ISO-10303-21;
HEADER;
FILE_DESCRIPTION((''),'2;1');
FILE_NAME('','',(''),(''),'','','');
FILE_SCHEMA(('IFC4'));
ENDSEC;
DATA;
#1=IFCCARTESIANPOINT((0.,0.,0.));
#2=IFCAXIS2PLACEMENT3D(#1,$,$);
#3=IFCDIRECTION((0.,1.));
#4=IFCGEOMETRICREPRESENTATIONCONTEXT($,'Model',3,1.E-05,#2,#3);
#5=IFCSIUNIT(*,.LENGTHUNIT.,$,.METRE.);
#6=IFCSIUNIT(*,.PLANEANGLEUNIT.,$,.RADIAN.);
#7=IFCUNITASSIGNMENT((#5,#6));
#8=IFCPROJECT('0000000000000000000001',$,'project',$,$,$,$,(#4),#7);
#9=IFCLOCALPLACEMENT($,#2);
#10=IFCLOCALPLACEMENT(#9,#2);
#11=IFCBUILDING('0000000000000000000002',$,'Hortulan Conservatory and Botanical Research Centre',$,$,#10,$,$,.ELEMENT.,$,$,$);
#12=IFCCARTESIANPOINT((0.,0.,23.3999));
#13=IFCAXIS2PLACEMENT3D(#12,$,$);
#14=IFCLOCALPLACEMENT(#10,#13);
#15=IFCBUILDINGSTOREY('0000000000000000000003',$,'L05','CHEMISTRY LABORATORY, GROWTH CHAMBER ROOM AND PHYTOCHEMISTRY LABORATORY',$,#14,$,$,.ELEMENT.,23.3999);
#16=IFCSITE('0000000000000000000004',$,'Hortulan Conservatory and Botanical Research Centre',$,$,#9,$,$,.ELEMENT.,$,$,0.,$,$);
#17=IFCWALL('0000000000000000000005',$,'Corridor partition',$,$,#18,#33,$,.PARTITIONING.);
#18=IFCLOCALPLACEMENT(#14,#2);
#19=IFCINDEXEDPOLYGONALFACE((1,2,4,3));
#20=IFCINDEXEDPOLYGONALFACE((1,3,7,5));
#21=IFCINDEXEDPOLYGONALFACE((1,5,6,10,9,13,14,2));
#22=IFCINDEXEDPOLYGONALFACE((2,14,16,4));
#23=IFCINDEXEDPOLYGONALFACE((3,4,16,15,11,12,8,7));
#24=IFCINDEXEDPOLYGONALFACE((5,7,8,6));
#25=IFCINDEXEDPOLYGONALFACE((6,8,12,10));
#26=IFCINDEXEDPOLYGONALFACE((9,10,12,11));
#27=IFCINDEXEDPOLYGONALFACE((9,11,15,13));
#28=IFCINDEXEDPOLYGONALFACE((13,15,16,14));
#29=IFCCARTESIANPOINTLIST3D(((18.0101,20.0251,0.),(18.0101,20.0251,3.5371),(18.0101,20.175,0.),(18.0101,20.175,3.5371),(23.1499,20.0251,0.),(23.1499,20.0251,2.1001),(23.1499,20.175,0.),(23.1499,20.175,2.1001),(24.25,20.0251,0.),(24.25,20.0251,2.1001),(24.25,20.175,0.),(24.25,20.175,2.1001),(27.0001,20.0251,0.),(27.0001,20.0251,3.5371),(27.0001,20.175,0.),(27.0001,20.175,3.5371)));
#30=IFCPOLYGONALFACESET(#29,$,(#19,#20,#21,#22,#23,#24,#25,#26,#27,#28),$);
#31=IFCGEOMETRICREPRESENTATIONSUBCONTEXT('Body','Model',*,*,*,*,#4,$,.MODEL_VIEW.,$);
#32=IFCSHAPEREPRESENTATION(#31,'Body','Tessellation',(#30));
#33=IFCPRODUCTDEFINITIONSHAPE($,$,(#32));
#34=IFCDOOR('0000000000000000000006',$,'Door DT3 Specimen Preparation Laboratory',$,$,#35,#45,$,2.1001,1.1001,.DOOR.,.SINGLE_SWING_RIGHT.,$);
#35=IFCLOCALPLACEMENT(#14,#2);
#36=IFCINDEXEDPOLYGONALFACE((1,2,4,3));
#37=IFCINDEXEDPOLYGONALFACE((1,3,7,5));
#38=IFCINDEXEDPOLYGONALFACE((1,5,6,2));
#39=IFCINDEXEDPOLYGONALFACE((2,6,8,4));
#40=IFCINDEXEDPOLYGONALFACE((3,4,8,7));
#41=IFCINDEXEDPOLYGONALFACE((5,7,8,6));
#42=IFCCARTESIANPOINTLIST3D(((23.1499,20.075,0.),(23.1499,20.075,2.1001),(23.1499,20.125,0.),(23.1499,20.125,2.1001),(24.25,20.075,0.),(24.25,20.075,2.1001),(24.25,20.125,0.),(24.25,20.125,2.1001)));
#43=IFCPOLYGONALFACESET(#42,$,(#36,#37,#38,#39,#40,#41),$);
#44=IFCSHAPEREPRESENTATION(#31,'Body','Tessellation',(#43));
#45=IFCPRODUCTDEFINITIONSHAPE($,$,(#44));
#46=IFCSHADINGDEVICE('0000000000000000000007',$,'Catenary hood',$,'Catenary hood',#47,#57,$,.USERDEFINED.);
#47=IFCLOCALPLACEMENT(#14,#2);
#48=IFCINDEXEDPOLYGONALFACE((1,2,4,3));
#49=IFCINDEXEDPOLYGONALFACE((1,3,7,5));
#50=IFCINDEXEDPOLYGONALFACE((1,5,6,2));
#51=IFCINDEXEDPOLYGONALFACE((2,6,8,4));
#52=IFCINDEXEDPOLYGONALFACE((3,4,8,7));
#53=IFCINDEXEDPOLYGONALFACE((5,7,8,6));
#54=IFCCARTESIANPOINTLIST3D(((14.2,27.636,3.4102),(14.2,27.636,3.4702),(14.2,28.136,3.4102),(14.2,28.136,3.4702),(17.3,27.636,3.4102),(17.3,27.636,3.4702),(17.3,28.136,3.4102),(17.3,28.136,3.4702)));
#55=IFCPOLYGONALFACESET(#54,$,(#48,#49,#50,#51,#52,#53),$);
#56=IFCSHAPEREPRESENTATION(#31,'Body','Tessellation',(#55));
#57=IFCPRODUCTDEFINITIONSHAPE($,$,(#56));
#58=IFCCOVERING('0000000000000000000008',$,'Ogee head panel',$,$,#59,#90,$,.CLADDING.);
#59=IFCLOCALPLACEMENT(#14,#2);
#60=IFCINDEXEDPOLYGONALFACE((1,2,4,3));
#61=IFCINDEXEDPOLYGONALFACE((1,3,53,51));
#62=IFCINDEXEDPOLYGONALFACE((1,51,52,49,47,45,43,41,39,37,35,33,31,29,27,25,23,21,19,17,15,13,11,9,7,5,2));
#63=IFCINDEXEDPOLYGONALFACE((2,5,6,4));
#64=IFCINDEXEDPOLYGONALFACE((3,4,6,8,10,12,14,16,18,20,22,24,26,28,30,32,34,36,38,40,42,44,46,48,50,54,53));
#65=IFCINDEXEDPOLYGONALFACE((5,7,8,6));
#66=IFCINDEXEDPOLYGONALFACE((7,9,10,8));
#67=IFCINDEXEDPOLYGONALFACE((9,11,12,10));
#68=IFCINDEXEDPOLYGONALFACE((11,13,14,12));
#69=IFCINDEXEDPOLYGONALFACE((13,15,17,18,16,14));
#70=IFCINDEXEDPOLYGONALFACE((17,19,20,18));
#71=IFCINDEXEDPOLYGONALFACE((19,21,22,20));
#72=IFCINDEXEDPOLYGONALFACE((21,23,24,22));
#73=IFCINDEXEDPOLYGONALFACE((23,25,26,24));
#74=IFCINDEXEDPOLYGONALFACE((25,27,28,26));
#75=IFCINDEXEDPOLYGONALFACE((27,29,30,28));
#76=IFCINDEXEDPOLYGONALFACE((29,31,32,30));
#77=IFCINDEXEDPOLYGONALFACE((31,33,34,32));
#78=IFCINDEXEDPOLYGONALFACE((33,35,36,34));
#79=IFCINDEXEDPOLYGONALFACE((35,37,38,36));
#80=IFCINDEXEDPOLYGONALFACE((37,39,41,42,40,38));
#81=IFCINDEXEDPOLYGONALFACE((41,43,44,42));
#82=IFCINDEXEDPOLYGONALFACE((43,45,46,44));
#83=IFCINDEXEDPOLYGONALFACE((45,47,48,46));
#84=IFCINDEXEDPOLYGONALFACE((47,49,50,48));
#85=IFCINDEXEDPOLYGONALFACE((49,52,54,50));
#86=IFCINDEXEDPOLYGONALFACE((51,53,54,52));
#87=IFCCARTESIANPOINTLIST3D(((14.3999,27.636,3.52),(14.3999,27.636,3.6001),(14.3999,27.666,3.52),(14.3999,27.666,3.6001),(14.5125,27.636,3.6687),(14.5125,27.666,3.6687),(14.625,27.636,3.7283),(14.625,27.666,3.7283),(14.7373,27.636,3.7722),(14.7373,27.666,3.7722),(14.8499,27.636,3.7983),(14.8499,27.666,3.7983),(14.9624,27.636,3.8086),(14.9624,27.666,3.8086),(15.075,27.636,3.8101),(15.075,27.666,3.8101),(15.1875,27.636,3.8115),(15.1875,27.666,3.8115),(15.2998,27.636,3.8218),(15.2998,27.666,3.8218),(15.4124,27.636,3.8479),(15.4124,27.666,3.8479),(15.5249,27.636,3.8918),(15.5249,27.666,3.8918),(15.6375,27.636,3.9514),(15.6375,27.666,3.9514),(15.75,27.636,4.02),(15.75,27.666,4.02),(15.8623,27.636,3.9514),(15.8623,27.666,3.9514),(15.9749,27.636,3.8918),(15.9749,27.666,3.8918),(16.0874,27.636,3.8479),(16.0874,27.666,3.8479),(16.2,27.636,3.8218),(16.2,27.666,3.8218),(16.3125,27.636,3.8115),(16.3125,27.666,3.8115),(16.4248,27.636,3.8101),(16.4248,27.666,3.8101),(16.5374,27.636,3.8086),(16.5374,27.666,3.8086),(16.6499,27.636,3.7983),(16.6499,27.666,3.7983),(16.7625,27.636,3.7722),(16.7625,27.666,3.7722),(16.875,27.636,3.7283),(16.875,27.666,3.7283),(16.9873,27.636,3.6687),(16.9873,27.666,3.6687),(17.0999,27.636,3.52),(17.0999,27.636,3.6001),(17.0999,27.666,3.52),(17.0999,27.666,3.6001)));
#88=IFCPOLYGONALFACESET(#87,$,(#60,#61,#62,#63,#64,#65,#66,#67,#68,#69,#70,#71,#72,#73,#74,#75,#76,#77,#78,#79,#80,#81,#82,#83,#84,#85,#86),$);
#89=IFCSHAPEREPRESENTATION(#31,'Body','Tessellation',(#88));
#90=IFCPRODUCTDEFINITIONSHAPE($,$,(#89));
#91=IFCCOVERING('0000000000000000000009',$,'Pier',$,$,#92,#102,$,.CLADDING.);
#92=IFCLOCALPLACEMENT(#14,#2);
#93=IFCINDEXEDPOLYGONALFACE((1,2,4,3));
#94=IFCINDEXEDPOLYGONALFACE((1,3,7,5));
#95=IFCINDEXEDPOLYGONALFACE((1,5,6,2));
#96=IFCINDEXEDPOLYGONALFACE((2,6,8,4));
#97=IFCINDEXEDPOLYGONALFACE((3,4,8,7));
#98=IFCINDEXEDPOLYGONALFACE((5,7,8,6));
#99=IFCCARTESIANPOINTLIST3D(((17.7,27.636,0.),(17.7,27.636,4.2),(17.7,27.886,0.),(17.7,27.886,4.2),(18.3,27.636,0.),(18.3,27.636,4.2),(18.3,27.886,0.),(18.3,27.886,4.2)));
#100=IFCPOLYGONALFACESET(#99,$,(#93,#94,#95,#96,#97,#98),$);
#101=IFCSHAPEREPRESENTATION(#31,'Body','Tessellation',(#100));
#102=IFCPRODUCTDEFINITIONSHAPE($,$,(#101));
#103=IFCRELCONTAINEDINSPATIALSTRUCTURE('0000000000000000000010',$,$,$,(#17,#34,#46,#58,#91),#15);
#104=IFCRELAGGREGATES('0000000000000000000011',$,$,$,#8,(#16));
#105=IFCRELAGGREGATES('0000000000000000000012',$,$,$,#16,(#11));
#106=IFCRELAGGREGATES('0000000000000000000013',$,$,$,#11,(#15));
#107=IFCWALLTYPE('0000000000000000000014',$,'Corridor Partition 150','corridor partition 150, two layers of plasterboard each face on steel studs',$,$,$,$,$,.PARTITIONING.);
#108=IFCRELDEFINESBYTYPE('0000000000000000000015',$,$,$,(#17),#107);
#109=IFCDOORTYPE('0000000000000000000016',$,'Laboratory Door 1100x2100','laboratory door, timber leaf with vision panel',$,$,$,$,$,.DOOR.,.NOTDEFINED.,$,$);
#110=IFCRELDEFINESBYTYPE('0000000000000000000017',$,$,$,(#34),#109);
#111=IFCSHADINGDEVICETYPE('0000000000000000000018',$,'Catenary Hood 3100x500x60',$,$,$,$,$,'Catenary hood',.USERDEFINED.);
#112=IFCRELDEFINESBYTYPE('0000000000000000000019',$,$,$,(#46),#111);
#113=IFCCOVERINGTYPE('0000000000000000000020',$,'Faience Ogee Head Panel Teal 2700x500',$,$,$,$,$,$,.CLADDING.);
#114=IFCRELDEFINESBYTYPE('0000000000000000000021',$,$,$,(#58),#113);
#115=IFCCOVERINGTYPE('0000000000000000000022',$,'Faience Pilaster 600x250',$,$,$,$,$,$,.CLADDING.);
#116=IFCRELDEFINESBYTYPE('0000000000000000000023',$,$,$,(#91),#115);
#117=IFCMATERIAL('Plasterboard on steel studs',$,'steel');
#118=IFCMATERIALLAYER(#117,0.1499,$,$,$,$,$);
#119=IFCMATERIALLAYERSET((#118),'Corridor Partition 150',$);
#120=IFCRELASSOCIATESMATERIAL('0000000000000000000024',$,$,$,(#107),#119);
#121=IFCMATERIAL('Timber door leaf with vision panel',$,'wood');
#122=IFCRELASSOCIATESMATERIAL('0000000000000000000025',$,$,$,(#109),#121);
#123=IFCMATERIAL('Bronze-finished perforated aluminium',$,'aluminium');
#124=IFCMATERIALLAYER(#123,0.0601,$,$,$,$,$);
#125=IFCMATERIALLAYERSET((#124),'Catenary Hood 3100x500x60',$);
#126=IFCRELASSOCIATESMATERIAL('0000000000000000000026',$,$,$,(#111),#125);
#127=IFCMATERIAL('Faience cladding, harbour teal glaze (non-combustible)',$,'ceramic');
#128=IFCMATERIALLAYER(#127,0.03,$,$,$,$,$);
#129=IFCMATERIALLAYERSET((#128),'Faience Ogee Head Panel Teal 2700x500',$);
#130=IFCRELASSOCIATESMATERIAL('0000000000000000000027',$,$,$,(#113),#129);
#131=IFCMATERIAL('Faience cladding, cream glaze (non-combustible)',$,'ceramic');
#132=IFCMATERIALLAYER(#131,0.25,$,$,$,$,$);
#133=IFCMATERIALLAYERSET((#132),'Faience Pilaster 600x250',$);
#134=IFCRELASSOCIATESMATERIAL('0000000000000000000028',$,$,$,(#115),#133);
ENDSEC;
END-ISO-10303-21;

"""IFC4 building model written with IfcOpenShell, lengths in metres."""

from ifc_helpers import new_model, si_unit, direction, frame, frame_2d, origin, origin_2d, place, context, subcontext, project, spatial, polyline, rectangle, outline, extrude, material, layer, layer_set, type_object, element, fill, save


model = new_model("IFC4")

# Units and contexts
model_context = context("Model", 3, precision=1e-05, world=origin(), true_north=direction((0.0, 1.0)))
body_context = subcontext(model_context, "Body", "Model", "MODEL_VIEW")
ifc_project = project(units=[si_unit("LENGTHUNIT", "METRE"), si_unit("PLANEANGLEUNIT", "RADIAN")], contexts=[model_context])

# Site, building, storey
site_placement = place(None, origin())
site = spatial("IfcSite", under=ifc_project, at=site_placement, Name="Hortulan Conservatory and Botanical Research Centre", CompositionType="ELEMENT", RefElevation=0.0)
building_placement = place(site_placement, origin())
building = spatial("IfcBuilding", under=site, at=building_placement, Name="Hortulan Conservatory and Botanical Research Centre", CompositionType="ELEMENT")
storey_placement = place(building_placement, frame((0.0, 0.0, 23.3999)))
storey = spatial("IfcBuildingStorey", under=building, at=storey_placement, Name="L05", Description="CHEMISTRY LABORATORY, GROWTH CHAMBER ROOM AND PHYTOCHEMISTRY LABORATORY", CompositionType="ELEMENT", Elevation=23.3999)

# Wall, opening, door
ifc_material_1 = material(Name="Plasterboard on steel studs", Category="steel")
ifc_layer_1 = layer(ifc_material_1, 0.1499)
ifc_layer_set_1 = layer_set([ifc_layer_1], Name="Corridor Partition 150")
wall_type_1 = type_object("IfcWallType", Name="Corridor Partition 150", Description="corridor partition 150, two layers of plasterboard each face on steel studs", PredefinedType="PARTITIONING", material=ifc_layer_set_1)
wall_1_placement = place(storey_placement, frame((18.01, 20.1001, 0.0), z_axis=(0.0, 0.0, 1.0), x_axis=(1.0, 0.0, 0.0)))
wall_1 = element("IfcWall", 1, at=wall_1_placement, inside=storey, type_object=wall_type_1, Name="Corridor partition", PredefinedType="PARTITIONING", context=body_context, shape_type="SweptSolid", body=[
    extrude(rectangle(XDim=8.99, YDim=0.1499, at=frame_2d((4.4951, 0.0))), origin(), (0.0, 0.0, 1.0), 3.5371),
])
opening_placement = place(wall_1_placement, frame((5.1399, 0.0, 0.0)))
opening = element("IfcOpeningElement", 2, at=opening_placement, cuts=wall_1, PredefinedType="OPENING", context=body_context, shape_type="SweptSolid", body=[
    extrude(rectangle(XDim=1.1001, YDim=2.1001, at=frame_2d((0.55, 1.05))), frame((0.0, 0.085, 0.0), z_axis=(0.0, -1.0, 0.0), x_axis=(1.0, 0.0, 0.0)), (0.0, 0.0, 1.0), 0.1699),
])
ifc_material_2 = material(Name="Timber door leaf with vision panel", Category="wood")
door_type = type_object("IfcDoorType", Name="Laboratory Door 1100x2100", Description="laboratory door, timber leaf with vision panel", OperationType="NOTDEFINED", PredefinedType="DOOR", material=ifc_material_2)
door_placement = place(opening_placement, origin())
door = element("IfcDoor", 3, at=door_placement, inside=storey, type_object=door_type, Name="Door DT3 Specimen Preparation Laboratory", OperationType="SINGLE_SWING_RIGHT", OverallHeight=2.1001, OverallWidth=1.1001, PredefinedType="DOOR", context=body_context, shape_type="SweptSolid", body=[
    extrude(rectangle(XDim=1.1001, YDim=2.1001, at=frame_2d((0.55, 1.05))), frame((0.0, 0.0249, 0.0), z_axis=(0.0, -1.0, 0.0), x_axis=(1.0, 0.0, 0.0)), (0.0, 0.0, 1.0), 0.05),
])
fill(opening, door)

# Shading device
ifc_material_3 = material(Name="Bronze-finished perforated aluminium", Category="aluminium")
ifc_layer_2 = layer(ifc_material_3, 0.0601)
ifc_layer_set_2 = layer_set([ifc_layer_2], Name="Catenary Hood 3100x500x60")
shading_device_type = type_object("IfcShadingDeviceType", Name="Catenary Hood 3100x500x60", ElementType="Catenary hood", PredefinedType="USERDEFINED", material=ifc_layer_set_2)
shading_device_placement = place(storey_placement, frame((15.75, 27.886, 3.4102), z_axis=(0.0, 0.0, 1.0), x_axis=(1.0, 0.0, 0.0)))
element("IfcShadingDevice", 4, at=shading_device_placement, inside=storey, type_object=shading_device_type, Name="Catenary hood", ObjectType="Catenary hood", PredefinedType="USERDEFINED", context=body_context, shape_type="SweptSolid", body=[
    extrude(rectangle(XDim=3.1001, YDim=0.5, at=origin_2d()), origin(), (0.0, 0.0, 1.0), 0.0601),
])

# Coverings
ifc_material_4 = material(Name="Faience cladding, harbour teal glaze (non-combustible)", Category="ceramic")
ifc_layer_3 = layer(ifc_material_4, 0.03)
ifc_layer_set_3 = layer_set([ifc_layer_3], Name="Faience Ogee Head Panel Teal 2700x500")
covering_type_1 = type_object("IfcCoveringType", Name="Faience Ogee Head Panel Teal 2700x500", PredefinedType="CLADDING", material=ifc_layer_set_3)
covering_1_placement = place(storey_placement, frame((14.3999, 27.6509, 3.52), z_axis=(0.0, 0.0, 1.0), x_axis=(1.0, 0.0, 0.0)))
element("IfcCovering", 5, at=covering_1_placement, inside=storey, type_object=covering_type_1, Name="Ogee head panel", PredefinedType="CLADDING", context=body_context, shape_type="SweptSolid", body=[
    extrude(outline(polyline([(0.0, 0.0), (2.7, 0.0), (2.7, 0.0801), (2.5874, 0.1487), (2.4751, 0.2083), (2.3625, 0.2522), (2.25, 0.2783), (2.1375, 0.2886), (2.0249, 0.29), (1.9126, 0.2915), (1.8, 0.3018), (1.6875, 0.3279), (1.575, 0.3718), (1.4624, 0.4314), (1.3501, 0.5), (1.2375, 0.4314), (1.125, 0.3718), (1.0125, 0.3279), (0.8999, 0.3018), (0.7876, 0.2915), (0.675, 0.29), (0.5625, 0.2886), (0.45, 0.2783), (0.3374, 0.2522), (0.2251, 0.2083), (0.1125, 0.1487), (0.0, 0.0801), (0.0, 0.0)])), frame((0.0, 0.0151, 0.0), z_axis=(0.0, -1.0, 0.0), x_axis=(1.0, 0.0, 0.0)), (0.0, 0.0, 1.0), 0.03),
])
ifc_material_5 = material(Name="Faience cladding, cream glaze (non-combustible)", Category="ceramic")
ifc_layer_4 = layer(ifc_material_5, 0.25)
ifc_layer_set_4 = layer_set([ifc_layer_4], Name="Faience Pilaster 600x250")
covering_type_2 = type_object("IfcCoveringType", Name="Faience Pilaster 600x250", PredefinedType="CLADDING", material=ifc_layer_set_4)
covering_2_placement = place(storey_placement, frame((18.0, 27.761, 0.0), z_axis=(0.0, 0.0, 1.0), x_axis=(1.0, 0.0, 0.0)))
element("IfcCovering", 6, at=covering_2_placement, inside=storey, type_object=covering_type_2, Name="Pier", PredefinedType="CLADDING", context=body_context, shape_type="SweptSolid", body=[
    extrude(rectangle(XDim=0.6001, YDim=0.25, at=origin_2d()), origin(), (0.0, 0.0, 1.0), 4.2),
])

save(model, "model.ifc")
